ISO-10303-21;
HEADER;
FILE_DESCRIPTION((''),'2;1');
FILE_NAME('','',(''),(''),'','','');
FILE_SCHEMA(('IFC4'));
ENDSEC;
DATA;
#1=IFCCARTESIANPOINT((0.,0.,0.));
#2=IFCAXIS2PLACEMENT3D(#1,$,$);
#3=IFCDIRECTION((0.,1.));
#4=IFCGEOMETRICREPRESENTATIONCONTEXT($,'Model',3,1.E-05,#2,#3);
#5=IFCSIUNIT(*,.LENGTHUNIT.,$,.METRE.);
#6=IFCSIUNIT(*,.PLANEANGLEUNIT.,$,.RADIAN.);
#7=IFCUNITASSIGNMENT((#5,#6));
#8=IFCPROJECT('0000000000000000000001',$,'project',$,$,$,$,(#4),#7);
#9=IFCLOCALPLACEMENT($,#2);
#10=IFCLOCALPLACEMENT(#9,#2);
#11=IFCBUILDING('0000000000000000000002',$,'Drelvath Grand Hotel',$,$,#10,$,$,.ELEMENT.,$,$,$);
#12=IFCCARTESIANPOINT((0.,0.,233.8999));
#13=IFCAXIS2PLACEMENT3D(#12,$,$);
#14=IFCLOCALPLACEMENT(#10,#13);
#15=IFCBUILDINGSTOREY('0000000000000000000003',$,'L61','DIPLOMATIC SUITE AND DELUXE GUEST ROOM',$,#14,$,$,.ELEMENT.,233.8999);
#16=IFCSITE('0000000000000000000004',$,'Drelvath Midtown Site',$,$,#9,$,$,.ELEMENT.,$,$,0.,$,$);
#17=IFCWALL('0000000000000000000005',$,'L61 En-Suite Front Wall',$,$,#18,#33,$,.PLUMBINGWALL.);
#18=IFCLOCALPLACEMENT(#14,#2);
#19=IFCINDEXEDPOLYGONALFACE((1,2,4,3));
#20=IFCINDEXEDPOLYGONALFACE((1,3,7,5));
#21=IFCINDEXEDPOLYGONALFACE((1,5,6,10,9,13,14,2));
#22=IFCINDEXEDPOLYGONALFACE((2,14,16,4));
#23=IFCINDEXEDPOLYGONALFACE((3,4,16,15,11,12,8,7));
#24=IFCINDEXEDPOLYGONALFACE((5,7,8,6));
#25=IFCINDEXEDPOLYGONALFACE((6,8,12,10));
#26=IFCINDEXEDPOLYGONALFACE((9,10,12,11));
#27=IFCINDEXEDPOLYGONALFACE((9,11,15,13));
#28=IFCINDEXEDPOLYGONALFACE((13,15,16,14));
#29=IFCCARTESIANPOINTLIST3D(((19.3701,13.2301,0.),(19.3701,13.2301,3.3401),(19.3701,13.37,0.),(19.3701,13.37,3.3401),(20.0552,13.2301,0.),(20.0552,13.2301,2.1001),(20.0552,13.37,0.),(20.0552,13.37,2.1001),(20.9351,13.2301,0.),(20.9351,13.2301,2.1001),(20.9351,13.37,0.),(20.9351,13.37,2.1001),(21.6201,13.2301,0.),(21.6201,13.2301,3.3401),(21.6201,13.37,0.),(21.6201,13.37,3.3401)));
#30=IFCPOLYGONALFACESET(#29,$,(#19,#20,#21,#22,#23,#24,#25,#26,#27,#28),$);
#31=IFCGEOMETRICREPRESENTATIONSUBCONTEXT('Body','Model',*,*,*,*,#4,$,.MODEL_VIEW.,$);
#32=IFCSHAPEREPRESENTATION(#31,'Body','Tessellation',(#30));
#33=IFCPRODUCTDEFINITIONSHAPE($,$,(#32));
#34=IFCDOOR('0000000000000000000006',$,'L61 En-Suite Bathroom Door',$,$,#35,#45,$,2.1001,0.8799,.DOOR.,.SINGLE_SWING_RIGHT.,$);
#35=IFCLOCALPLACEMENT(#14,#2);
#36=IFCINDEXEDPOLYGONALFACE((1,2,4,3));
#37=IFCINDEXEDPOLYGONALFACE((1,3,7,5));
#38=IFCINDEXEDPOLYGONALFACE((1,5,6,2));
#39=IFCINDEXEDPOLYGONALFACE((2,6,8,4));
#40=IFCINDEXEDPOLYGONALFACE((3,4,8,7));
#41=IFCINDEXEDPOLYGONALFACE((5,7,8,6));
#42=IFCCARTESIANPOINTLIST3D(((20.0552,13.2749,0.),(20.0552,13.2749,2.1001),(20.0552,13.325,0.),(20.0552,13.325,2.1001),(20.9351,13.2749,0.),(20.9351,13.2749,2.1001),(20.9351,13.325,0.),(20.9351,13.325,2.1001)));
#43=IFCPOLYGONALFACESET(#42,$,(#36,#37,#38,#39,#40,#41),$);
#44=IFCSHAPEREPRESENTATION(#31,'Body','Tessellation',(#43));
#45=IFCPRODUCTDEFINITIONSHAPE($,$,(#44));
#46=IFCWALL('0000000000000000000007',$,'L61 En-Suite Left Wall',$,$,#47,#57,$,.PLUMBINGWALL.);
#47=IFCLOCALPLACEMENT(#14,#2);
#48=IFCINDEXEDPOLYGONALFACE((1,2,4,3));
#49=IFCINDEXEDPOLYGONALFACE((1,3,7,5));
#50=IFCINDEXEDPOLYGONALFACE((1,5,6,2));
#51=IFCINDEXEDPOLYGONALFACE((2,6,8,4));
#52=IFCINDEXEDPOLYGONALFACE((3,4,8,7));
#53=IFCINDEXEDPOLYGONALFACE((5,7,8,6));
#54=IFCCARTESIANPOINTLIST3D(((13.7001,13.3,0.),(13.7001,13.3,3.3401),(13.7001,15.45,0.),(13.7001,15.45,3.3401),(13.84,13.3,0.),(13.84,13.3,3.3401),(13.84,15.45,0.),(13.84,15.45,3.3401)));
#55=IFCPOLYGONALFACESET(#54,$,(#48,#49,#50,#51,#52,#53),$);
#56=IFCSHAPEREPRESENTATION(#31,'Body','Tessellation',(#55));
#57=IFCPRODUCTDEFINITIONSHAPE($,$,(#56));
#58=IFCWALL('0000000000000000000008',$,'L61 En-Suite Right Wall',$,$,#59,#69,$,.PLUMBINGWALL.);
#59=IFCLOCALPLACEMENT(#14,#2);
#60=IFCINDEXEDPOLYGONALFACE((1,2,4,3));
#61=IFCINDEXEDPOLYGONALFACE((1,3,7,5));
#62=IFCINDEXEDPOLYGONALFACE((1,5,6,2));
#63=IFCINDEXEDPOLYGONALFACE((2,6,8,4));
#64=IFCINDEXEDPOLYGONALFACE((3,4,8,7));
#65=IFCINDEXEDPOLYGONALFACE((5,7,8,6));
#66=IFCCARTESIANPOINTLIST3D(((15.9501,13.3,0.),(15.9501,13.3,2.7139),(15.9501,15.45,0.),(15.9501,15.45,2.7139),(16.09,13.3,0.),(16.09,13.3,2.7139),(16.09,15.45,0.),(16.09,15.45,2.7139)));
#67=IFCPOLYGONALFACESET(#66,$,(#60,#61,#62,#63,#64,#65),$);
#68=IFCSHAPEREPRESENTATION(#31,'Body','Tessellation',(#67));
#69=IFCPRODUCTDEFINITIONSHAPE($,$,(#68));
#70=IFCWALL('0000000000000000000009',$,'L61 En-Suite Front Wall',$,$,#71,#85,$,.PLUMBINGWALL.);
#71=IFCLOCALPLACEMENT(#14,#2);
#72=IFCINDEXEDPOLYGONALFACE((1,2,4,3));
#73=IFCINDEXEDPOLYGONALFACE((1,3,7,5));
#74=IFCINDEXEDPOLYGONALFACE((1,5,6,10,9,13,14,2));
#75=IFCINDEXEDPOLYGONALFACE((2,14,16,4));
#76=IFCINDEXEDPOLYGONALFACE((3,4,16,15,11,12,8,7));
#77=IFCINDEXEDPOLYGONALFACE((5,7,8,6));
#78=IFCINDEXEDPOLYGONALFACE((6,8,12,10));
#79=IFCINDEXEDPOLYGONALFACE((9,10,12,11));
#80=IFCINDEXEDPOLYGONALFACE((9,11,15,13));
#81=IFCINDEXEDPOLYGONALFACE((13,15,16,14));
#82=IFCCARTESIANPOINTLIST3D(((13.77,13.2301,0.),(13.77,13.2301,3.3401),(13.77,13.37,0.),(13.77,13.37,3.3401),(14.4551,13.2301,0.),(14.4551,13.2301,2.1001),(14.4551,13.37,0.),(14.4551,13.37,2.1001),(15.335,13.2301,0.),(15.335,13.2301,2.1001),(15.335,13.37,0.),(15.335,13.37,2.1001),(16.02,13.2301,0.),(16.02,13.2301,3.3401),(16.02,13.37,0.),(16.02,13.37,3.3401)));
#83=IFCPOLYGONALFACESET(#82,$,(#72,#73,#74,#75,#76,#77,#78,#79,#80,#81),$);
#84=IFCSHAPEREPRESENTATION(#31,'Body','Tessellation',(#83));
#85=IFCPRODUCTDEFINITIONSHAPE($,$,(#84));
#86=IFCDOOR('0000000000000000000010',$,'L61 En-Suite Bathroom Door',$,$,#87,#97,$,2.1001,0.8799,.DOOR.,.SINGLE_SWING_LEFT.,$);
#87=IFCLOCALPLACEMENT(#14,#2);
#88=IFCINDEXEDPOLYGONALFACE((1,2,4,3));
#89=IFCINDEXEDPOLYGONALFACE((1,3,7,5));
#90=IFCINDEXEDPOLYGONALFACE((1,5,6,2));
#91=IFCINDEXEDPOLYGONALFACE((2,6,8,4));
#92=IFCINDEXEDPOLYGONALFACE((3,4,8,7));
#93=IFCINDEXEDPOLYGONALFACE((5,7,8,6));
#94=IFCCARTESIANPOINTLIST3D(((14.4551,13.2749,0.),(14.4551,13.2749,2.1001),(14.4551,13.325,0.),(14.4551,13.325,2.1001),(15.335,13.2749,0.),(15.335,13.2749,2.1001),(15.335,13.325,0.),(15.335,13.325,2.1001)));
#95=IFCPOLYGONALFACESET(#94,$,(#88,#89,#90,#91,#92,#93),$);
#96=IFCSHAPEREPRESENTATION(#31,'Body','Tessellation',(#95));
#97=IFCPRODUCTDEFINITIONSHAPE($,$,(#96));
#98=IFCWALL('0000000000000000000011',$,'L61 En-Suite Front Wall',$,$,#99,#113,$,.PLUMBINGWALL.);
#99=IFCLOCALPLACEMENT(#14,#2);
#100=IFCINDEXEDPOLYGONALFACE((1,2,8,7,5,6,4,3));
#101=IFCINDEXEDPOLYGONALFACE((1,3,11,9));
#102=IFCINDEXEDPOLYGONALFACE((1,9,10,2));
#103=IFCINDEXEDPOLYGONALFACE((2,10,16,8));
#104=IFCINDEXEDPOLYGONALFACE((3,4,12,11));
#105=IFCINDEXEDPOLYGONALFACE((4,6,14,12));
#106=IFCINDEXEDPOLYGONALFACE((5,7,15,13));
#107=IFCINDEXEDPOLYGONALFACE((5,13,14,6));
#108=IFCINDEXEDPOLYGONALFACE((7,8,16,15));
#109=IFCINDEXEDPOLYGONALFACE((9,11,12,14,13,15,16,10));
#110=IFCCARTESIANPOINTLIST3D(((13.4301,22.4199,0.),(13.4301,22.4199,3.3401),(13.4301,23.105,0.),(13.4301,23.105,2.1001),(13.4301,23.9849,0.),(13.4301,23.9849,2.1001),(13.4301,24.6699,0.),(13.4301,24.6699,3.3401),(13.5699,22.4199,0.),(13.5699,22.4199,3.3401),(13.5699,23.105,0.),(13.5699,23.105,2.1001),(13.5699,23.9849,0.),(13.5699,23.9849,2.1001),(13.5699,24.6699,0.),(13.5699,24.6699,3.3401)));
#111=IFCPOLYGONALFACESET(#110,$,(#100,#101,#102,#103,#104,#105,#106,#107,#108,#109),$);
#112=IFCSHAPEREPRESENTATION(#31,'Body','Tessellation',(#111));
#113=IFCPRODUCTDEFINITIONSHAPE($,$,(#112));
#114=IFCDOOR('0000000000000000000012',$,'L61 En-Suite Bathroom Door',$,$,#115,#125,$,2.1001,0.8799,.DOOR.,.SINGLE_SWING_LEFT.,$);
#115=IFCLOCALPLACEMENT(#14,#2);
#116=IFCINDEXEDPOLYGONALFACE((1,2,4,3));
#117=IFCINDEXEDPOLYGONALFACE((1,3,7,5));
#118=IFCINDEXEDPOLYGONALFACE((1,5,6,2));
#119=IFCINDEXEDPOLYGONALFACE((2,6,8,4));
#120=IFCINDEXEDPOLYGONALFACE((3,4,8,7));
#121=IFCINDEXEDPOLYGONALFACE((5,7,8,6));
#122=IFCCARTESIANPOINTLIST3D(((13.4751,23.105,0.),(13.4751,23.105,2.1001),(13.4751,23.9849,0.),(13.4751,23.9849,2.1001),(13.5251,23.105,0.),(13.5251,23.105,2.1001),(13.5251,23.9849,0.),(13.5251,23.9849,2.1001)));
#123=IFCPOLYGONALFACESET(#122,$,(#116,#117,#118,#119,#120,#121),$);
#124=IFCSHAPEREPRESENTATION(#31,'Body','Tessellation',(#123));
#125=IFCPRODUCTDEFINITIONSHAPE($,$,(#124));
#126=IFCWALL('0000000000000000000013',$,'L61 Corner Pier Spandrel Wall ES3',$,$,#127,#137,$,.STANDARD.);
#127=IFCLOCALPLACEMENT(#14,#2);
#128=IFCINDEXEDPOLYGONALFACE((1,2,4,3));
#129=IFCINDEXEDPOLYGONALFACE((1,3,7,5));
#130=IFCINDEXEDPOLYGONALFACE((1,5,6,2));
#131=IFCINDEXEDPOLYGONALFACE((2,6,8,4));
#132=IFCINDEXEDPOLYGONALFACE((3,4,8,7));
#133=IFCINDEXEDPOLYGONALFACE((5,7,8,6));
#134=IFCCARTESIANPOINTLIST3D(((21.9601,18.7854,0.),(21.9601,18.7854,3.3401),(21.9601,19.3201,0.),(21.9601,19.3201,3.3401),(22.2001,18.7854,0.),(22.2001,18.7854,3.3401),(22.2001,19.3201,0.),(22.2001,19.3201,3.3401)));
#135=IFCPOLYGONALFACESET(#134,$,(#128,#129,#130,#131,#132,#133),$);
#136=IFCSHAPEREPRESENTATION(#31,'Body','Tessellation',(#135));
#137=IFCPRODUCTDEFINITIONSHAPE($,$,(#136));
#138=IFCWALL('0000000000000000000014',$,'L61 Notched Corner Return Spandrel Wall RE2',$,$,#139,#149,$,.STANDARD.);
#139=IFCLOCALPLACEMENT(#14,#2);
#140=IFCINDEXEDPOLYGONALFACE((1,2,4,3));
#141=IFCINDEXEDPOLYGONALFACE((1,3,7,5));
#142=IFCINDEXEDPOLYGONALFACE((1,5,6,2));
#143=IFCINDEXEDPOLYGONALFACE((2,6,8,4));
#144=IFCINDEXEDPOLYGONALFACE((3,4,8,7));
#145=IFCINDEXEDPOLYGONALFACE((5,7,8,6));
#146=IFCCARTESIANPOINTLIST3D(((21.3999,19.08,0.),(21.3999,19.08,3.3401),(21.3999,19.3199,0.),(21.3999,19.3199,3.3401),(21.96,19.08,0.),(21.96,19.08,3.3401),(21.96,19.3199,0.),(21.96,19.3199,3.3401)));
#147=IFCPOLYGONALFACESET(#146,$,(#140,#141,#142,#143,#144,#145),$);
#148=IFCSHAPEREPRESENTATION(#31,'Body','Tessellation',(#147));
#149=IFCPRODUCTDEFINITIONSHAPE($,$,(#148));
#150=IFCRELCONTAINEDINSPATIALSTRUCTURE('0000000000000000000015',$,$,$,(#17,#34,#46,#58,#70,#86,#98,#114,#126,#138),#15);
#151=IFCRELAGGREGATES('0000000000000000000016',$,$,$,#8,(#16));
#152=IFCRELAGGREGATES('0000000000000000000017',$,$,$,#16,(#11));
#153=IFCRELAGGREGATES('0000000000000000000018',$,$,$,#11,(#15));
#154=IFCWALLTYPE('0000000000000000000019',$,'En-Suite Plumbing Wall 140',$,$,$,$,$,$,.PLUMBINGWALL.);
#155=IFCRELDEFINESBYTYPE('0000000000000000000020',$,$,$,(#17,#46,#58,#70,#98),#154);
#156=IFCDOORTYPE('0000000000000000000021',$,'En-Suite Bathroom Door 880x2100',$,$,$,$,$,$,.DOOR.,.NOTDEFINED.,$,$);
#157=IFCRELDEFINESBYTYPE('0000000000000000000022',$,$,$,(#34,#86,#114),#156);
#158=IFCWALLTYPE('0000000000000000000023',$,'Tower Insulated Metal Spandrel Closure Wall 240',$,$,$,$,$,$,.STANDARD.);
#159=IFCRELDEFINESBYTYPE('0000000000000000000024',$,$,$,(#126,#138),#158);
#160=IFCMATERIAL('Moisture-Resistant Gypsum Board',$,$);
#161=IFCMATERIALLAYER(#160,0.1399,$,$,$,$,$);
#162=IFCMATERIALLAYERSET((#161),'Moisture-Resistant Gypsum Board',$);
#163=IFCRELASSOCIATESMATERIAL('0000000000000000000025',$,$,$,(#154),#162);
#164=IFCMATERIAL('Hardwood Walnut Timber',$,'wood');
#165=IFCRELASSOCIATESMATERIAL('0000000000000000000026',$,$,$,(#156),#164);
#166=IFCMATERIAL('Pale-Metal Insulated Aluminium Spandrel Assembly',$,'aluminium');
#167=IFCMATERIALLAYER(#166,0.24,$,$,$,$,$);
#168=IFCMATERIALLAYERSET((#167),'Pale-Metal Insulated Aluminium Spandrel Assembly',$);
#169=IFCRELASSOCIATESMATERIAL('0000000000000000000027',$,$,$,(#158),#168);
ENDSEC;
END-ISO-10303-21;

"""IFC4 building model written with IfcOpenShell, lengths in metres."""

from ifc_helpers import new_model, si_unit, direction, frame, frame_2d, origin, place, context, subcontext, project, spatial, rectangle, extrude, material, layer, layer_set, type_object, element, fill, save


model = new_model("IFC4")

# Units and contexts
model_context = context("Model", 3, precision=1e-05, world=origin(), true_north=direction((0.0, 1.0)))
body_context = subcontext(model_context, "Body", "Model", "MODEL_VIEW")
ifc_project = project(units=[si_unit("LENGTHUNIT", "METRE"), si_unit("PLANEANGLEUNIT", "RADIAN")], contexts=[model_context])

# Site, building, storey
site_placement = place(None, origin())
site = spatial("IfcSite", under=ifc_project, at=site_placement, Name="Drelvath Midtown Site", CompositionType="ELEMENT", RefElevation=0.0)
building_placement = place(site_placement, origin())
building = spatial("IfcBuilding", under=site, at=building_placement, Name="Drelvath Grand Hotel", CompositionType="ELEMENT")
storey_placement = place(building_placement, frame((0.0, 0.0, 233.8999)))
storey = spatial("IfcBuildingStorey", under=building, at=storey_placement, Name="L61", Description="DIPLOMATIC SUITE AND DELUXE GUEST ROOM", CompositionType="ELEMENT", Elevation=233.8999)

# Shared definitions
ifc_material_1 = material(Name="Moisture-Resistant Gypsum Board")
ifc_layer_1 = layer(ifc_material_1, 0.1399)
ifc_layer_set_1 = layer_set([ifc_layer_1], Name="Moisture-Resistant Gypsum Board")
wall_type_1 = type_object("IfcWallType", Name="En-Suite Plumbing Wall 140", PredefinedType="PLUMBINGWALL", material=ifc_layer_set_1)

# Wall, opening, door
wall_1_placement = place(storey_placement, frame((19.3701, 13.3, 0.0), z_axis=(0.0, 0.0, 1.0), x_axis=(1.0, 0.0, 0.0)))
wall_1 = element("IfcWall", 1, at=wall_1_placement, inside=storey, type_object=wall_type_1, Name="L61 En-Suite Front Wall", PredefinedType="PLUMBINGWALL", context=body_context, shape_type="SweptSolid", body=[
    extrude(rectangle(XDim=2.25, YDim=0.1399, at=frame_2d((1.125, 0.0))), origin(), (0.0, 0.0, 1.0), 3.3401),
])
opening_1_placement = place(wall_1_placement, frame((0.6851, 0.0, 0.0)))
opening_1 = element("IfcOpeningElement", 2, at=opening_1_placement, cuts=wall_1, PredefinedType="OPENING", context=body_context, shape_type="SweptSolid", body=[
    extrude(rectangle(XDim=0.8799, YDim=2.1001, at=frame_2d((0.4399, 1.05))), frame((0.0, 0.0798, 0.0), z_axis=(0.0, -1.0, 0.0), x_axis=(1.0, 0.0, 0.0)), (0.0, 0.0, 1.0), 0.1599),
])
ifc_material_2 = material(Name="Hardwood Walnut Timber", Category="wood")
door_type = type_object("IfcDoorType", Name="En-Suite Bathroom Door 880x2100", OperationType="NOTDEFINED", PredefinedType="DOOR", material=ifc_material_2)
door_1_placement = place(opening_1_placement, origin())
door_1 = element("IfcDoor", 3, at=door_1_placement, inside=storey, type_object=door_type, Name="L61 En-Suite Bathroom Door", OperationType="SINGLE_SWING_RIGHT", OverallHeight=2.1001, OverallWidth=0.8799, PredefinedType="DOOR", context=body_context, shape_type="SweptSolid", body=[
    extrude(rectangle(XDim=0.8799, YDim=2.1001, at=frame_2d((0.4399, 1.05))), frame((0.0, 0.0249, 0.0), z_axis=(0.0, -1.0, 0.0), x_axis=(1.0, 0.0, 0.0)), (0.0, 0.0, 1.0), 0.05),
])
fill(opening_1, door_1)

# Walls
wall_2_placement = place(storey_placement, frame((13.77, 15.45, 0.0), z_axis=(0.0, 0.0, 1.0), x_axis=(0.0, -1.0, 0.0)))
element("IfcWall", 4, at=wall_2_placement, inside=storey, type_object=wall_type_1, Name="L61 En-Suite Left Wall", PredefinedType="PLUMBINGWALL", context=body_context, shape_type="SweptSolid", body=[
    extrude(rectangle(XDim=2.1499, YDim=0.1399, at=frame_2d((1.075, 0.0))), origin(), (0.0, 0.0, 1.0), 3.3401),
])
wall_3_placement = place(storey_placement, frame((16.02, 15.45, 0.0), z_axis=(0.0, 0.0, 1.0), x_axis=(0.0, -1.0, 0.0)))
element("IfcWall", 5, at=wall_3_placement, inside=storey, type_object=wall_type_1, Name="L61 En-Suite Right Wall", PredefinedType="PLUMBINGWALL", context=body_context, shape_type="SweptSolid", body=[
    extrude(rectangle(XDim=2.1499, YDim=0.1399, at=frame_2d((1.075, 0.0))), origin(), (0.0, 0.0, 1.0), 2.7139),
])

# Walls, openings, doors
wall_4_placement = place(storey_placement, frame((13.77, 13.3, 0.0), z_axis=(0.0, 0.0, 1.0), x_axis=(1.0, 0.0, 0.0)))
wall_4 = element("IfcWall", 6, at=wall_4_placement, inside=storey, type_object=wall_type_1, Name="L61 En-Suite Front Wall", PredefinedType="PLUMBINGWALL", context=body_context, shape_type="SweptSolid", body=[
    extrude(rectangle(XDim=2.25, YDim=0.1399, at=frame_2d((1.125, 0.0))), origin(), (0.0, 0.0, 1.0), 3.3401),
])
opening_2_placement = place(wall_4_placement, frame((0.6851, 0.0, 0.0)))
opening_2 = element("IfcOpeningElement", 7, at=opening_2_placement, cuts=wall_4, PredefinedType="OPENING", context=body_context, shape_type="SweptSolid", body=[
    extrude(rectangle(XDim=0.8799, YDim=2.1001, at=frame_2d((0.4399, 1.05))), frame((0.0, 0.0798, 0.0), z_axis=(0.0, -1.0, 0.0), x_axis=(1.0, 0.0, 0.0)), (0.0, 0.0, 1.0), 0.1599),
])
door_2_placement = place(opening_2_placement, origin())
door_2 = element("IfcDoor", 8, at=door_2_placement, inside=storey, type_object=door_type, Name="L61 En-Suite Bathroom Door", OperationType="SINGLE_SWING_LEFT", OverallHeight=2.1001, OverallWidth=0.8799, PredefinedType="DOOR", context=body_context, shape_type="SweptSolid", body=[
    extrude(rectangle(XDim=0.8799, YDim=2.1001, at=frame_2d((0.4399, 1.05))), frame((0.0, 0.0249, 0.0), z_axis=(0.0, -1.0, 0.0), x_axis=(1.0, 0.0, 0.0)), (0.0, 0.0, 1.0), 0.05),
])
fill(opening_2, door_2)
wall_5_placement = place(storey_placement, frame((13.5, 22.4199, 0.0), z_axis=(0.0, 0.0, 1.0), x_axis=(0.0, 1.0, 0.0)))
wall_5 = element("IfcWall", 9, at=wall_5_placement, inside=storey, type_object=wall_type_1, Name="L61 En-Suite Front Wall", PredefinedType="PLUMBINGWALL", context=body_context, shape_type="SweptSolid", body=[
    extrude(rectangle(XDim=2.25, YDim=0.1399, at=frame_2d((1.125, 0.0))), origin(), (0.0, 0.0, 1.0), 3.3401),
])
opening_3_placement = place(wall_5_placement, frame((0.6851, 0.0, 0.0)))
opening_3 = element("IfcOpeningElement", 10, at=opening_3_placement, cuts=wall_5, PredefinedType="OPENING", context=body_context, shape_type="SweptSolid", body=[
    extrude(rectangle(XDim=0.8799, YDim=2.1001, at=frame_2d((0.4399, 1.05))), frame((0.0, 0.0798, 0.0), z_axis=(0.0, -1.0, 0.0), x_axis=(1.0, 0.0, 0.0)), (0.0, 0.0, 1.0), 0.1599),
])
door_3_placement = place(opening_3_placement, origin())
door_3 = element("IfcDoor", 11, at=door_3_placement, inside=storey, type_object=door_type, Name="L61 En-Suite Bathroom Door", OperationType="SINGLE_SWING_LEFT", OverallHeight=2.1001, OverallWidth=0.8799, PredefinedType="DOOR", context=body_context, shape_type="SweptSolid", body=[
    extrude(rectangle(XDim=0.8799, YDim=2.1001, at=frame_2d((0.4399, 1.05))), frame((0.0, 0.0249, 0.0), z_axis=(0.0, -1.0, 0.0), x_axis=(1.0, 0.0, 0.0)), (0.0, 0.0, 1.0), 0.05),
])
fill(opening_3, door_3)

# Walls
ifc_material_3 = material(Name="Pale-Metal Insulated Aluminium Spandrel Assembly", Category="aluminium")
ifc_layer_2 = layer(ifc_material_3, 0.24)
ifc_layer_set_2 = layer_set([ifc_layer_2], Name="Pale-Metal Insulated Aluminium Spandrel Assembly")
wall_type_2 = type_object("IfcWallType", Name="Tower Insulated Metal Spandrel Closure Wall 240", PredefinedType="STANDARD", material=ifc_layer_set_2)
wall_6_placement = place(storey_placement, frame((22.0801, 19.3201, 0.0), z_axis=(0.0, 0.0, 1.0), x_axis=(0.0, -1.0, 0.0)))
element("IfcWall", 12, at=wall_6_placement, inside=storey, type_object=wall_type_2, Name="L61 Corner Pier Spandrel Wall ES3", PredefinedType="STANDARD", context=body_context, shape_type="SweptSolid", body=[
    extrude(rectangle(XDim=0.5347, YDim=0.24, at=frame_2d((0.2673, 0.0))), origin(), (0.0, 0.0, 1.0), 3.3401),
])
wall_7_placement = place(storey_placement, frame((21.3999, 19.2, 0.0), z_axis=(0.0, 0.0, 1.0), x_axis=(1.0, 0.0, 0.0)))
element("IfcWall", 13, at=wall_7_placement, inside=storey, type_object=wall_type_2, Name="L61 Notched Corner Return Spandrel Wall RE2", PredefinedType="STANDARD", context=body_context, shape_type="SweptSolid", body=[
    extrude(rectangle(XDim=0.5601, YDim=0.24, at=frame_2d((0.28, 0.0))), origin(), (0.0, 0.0, 1.0), 3.3401),
])

save(model, "model.ifc")
